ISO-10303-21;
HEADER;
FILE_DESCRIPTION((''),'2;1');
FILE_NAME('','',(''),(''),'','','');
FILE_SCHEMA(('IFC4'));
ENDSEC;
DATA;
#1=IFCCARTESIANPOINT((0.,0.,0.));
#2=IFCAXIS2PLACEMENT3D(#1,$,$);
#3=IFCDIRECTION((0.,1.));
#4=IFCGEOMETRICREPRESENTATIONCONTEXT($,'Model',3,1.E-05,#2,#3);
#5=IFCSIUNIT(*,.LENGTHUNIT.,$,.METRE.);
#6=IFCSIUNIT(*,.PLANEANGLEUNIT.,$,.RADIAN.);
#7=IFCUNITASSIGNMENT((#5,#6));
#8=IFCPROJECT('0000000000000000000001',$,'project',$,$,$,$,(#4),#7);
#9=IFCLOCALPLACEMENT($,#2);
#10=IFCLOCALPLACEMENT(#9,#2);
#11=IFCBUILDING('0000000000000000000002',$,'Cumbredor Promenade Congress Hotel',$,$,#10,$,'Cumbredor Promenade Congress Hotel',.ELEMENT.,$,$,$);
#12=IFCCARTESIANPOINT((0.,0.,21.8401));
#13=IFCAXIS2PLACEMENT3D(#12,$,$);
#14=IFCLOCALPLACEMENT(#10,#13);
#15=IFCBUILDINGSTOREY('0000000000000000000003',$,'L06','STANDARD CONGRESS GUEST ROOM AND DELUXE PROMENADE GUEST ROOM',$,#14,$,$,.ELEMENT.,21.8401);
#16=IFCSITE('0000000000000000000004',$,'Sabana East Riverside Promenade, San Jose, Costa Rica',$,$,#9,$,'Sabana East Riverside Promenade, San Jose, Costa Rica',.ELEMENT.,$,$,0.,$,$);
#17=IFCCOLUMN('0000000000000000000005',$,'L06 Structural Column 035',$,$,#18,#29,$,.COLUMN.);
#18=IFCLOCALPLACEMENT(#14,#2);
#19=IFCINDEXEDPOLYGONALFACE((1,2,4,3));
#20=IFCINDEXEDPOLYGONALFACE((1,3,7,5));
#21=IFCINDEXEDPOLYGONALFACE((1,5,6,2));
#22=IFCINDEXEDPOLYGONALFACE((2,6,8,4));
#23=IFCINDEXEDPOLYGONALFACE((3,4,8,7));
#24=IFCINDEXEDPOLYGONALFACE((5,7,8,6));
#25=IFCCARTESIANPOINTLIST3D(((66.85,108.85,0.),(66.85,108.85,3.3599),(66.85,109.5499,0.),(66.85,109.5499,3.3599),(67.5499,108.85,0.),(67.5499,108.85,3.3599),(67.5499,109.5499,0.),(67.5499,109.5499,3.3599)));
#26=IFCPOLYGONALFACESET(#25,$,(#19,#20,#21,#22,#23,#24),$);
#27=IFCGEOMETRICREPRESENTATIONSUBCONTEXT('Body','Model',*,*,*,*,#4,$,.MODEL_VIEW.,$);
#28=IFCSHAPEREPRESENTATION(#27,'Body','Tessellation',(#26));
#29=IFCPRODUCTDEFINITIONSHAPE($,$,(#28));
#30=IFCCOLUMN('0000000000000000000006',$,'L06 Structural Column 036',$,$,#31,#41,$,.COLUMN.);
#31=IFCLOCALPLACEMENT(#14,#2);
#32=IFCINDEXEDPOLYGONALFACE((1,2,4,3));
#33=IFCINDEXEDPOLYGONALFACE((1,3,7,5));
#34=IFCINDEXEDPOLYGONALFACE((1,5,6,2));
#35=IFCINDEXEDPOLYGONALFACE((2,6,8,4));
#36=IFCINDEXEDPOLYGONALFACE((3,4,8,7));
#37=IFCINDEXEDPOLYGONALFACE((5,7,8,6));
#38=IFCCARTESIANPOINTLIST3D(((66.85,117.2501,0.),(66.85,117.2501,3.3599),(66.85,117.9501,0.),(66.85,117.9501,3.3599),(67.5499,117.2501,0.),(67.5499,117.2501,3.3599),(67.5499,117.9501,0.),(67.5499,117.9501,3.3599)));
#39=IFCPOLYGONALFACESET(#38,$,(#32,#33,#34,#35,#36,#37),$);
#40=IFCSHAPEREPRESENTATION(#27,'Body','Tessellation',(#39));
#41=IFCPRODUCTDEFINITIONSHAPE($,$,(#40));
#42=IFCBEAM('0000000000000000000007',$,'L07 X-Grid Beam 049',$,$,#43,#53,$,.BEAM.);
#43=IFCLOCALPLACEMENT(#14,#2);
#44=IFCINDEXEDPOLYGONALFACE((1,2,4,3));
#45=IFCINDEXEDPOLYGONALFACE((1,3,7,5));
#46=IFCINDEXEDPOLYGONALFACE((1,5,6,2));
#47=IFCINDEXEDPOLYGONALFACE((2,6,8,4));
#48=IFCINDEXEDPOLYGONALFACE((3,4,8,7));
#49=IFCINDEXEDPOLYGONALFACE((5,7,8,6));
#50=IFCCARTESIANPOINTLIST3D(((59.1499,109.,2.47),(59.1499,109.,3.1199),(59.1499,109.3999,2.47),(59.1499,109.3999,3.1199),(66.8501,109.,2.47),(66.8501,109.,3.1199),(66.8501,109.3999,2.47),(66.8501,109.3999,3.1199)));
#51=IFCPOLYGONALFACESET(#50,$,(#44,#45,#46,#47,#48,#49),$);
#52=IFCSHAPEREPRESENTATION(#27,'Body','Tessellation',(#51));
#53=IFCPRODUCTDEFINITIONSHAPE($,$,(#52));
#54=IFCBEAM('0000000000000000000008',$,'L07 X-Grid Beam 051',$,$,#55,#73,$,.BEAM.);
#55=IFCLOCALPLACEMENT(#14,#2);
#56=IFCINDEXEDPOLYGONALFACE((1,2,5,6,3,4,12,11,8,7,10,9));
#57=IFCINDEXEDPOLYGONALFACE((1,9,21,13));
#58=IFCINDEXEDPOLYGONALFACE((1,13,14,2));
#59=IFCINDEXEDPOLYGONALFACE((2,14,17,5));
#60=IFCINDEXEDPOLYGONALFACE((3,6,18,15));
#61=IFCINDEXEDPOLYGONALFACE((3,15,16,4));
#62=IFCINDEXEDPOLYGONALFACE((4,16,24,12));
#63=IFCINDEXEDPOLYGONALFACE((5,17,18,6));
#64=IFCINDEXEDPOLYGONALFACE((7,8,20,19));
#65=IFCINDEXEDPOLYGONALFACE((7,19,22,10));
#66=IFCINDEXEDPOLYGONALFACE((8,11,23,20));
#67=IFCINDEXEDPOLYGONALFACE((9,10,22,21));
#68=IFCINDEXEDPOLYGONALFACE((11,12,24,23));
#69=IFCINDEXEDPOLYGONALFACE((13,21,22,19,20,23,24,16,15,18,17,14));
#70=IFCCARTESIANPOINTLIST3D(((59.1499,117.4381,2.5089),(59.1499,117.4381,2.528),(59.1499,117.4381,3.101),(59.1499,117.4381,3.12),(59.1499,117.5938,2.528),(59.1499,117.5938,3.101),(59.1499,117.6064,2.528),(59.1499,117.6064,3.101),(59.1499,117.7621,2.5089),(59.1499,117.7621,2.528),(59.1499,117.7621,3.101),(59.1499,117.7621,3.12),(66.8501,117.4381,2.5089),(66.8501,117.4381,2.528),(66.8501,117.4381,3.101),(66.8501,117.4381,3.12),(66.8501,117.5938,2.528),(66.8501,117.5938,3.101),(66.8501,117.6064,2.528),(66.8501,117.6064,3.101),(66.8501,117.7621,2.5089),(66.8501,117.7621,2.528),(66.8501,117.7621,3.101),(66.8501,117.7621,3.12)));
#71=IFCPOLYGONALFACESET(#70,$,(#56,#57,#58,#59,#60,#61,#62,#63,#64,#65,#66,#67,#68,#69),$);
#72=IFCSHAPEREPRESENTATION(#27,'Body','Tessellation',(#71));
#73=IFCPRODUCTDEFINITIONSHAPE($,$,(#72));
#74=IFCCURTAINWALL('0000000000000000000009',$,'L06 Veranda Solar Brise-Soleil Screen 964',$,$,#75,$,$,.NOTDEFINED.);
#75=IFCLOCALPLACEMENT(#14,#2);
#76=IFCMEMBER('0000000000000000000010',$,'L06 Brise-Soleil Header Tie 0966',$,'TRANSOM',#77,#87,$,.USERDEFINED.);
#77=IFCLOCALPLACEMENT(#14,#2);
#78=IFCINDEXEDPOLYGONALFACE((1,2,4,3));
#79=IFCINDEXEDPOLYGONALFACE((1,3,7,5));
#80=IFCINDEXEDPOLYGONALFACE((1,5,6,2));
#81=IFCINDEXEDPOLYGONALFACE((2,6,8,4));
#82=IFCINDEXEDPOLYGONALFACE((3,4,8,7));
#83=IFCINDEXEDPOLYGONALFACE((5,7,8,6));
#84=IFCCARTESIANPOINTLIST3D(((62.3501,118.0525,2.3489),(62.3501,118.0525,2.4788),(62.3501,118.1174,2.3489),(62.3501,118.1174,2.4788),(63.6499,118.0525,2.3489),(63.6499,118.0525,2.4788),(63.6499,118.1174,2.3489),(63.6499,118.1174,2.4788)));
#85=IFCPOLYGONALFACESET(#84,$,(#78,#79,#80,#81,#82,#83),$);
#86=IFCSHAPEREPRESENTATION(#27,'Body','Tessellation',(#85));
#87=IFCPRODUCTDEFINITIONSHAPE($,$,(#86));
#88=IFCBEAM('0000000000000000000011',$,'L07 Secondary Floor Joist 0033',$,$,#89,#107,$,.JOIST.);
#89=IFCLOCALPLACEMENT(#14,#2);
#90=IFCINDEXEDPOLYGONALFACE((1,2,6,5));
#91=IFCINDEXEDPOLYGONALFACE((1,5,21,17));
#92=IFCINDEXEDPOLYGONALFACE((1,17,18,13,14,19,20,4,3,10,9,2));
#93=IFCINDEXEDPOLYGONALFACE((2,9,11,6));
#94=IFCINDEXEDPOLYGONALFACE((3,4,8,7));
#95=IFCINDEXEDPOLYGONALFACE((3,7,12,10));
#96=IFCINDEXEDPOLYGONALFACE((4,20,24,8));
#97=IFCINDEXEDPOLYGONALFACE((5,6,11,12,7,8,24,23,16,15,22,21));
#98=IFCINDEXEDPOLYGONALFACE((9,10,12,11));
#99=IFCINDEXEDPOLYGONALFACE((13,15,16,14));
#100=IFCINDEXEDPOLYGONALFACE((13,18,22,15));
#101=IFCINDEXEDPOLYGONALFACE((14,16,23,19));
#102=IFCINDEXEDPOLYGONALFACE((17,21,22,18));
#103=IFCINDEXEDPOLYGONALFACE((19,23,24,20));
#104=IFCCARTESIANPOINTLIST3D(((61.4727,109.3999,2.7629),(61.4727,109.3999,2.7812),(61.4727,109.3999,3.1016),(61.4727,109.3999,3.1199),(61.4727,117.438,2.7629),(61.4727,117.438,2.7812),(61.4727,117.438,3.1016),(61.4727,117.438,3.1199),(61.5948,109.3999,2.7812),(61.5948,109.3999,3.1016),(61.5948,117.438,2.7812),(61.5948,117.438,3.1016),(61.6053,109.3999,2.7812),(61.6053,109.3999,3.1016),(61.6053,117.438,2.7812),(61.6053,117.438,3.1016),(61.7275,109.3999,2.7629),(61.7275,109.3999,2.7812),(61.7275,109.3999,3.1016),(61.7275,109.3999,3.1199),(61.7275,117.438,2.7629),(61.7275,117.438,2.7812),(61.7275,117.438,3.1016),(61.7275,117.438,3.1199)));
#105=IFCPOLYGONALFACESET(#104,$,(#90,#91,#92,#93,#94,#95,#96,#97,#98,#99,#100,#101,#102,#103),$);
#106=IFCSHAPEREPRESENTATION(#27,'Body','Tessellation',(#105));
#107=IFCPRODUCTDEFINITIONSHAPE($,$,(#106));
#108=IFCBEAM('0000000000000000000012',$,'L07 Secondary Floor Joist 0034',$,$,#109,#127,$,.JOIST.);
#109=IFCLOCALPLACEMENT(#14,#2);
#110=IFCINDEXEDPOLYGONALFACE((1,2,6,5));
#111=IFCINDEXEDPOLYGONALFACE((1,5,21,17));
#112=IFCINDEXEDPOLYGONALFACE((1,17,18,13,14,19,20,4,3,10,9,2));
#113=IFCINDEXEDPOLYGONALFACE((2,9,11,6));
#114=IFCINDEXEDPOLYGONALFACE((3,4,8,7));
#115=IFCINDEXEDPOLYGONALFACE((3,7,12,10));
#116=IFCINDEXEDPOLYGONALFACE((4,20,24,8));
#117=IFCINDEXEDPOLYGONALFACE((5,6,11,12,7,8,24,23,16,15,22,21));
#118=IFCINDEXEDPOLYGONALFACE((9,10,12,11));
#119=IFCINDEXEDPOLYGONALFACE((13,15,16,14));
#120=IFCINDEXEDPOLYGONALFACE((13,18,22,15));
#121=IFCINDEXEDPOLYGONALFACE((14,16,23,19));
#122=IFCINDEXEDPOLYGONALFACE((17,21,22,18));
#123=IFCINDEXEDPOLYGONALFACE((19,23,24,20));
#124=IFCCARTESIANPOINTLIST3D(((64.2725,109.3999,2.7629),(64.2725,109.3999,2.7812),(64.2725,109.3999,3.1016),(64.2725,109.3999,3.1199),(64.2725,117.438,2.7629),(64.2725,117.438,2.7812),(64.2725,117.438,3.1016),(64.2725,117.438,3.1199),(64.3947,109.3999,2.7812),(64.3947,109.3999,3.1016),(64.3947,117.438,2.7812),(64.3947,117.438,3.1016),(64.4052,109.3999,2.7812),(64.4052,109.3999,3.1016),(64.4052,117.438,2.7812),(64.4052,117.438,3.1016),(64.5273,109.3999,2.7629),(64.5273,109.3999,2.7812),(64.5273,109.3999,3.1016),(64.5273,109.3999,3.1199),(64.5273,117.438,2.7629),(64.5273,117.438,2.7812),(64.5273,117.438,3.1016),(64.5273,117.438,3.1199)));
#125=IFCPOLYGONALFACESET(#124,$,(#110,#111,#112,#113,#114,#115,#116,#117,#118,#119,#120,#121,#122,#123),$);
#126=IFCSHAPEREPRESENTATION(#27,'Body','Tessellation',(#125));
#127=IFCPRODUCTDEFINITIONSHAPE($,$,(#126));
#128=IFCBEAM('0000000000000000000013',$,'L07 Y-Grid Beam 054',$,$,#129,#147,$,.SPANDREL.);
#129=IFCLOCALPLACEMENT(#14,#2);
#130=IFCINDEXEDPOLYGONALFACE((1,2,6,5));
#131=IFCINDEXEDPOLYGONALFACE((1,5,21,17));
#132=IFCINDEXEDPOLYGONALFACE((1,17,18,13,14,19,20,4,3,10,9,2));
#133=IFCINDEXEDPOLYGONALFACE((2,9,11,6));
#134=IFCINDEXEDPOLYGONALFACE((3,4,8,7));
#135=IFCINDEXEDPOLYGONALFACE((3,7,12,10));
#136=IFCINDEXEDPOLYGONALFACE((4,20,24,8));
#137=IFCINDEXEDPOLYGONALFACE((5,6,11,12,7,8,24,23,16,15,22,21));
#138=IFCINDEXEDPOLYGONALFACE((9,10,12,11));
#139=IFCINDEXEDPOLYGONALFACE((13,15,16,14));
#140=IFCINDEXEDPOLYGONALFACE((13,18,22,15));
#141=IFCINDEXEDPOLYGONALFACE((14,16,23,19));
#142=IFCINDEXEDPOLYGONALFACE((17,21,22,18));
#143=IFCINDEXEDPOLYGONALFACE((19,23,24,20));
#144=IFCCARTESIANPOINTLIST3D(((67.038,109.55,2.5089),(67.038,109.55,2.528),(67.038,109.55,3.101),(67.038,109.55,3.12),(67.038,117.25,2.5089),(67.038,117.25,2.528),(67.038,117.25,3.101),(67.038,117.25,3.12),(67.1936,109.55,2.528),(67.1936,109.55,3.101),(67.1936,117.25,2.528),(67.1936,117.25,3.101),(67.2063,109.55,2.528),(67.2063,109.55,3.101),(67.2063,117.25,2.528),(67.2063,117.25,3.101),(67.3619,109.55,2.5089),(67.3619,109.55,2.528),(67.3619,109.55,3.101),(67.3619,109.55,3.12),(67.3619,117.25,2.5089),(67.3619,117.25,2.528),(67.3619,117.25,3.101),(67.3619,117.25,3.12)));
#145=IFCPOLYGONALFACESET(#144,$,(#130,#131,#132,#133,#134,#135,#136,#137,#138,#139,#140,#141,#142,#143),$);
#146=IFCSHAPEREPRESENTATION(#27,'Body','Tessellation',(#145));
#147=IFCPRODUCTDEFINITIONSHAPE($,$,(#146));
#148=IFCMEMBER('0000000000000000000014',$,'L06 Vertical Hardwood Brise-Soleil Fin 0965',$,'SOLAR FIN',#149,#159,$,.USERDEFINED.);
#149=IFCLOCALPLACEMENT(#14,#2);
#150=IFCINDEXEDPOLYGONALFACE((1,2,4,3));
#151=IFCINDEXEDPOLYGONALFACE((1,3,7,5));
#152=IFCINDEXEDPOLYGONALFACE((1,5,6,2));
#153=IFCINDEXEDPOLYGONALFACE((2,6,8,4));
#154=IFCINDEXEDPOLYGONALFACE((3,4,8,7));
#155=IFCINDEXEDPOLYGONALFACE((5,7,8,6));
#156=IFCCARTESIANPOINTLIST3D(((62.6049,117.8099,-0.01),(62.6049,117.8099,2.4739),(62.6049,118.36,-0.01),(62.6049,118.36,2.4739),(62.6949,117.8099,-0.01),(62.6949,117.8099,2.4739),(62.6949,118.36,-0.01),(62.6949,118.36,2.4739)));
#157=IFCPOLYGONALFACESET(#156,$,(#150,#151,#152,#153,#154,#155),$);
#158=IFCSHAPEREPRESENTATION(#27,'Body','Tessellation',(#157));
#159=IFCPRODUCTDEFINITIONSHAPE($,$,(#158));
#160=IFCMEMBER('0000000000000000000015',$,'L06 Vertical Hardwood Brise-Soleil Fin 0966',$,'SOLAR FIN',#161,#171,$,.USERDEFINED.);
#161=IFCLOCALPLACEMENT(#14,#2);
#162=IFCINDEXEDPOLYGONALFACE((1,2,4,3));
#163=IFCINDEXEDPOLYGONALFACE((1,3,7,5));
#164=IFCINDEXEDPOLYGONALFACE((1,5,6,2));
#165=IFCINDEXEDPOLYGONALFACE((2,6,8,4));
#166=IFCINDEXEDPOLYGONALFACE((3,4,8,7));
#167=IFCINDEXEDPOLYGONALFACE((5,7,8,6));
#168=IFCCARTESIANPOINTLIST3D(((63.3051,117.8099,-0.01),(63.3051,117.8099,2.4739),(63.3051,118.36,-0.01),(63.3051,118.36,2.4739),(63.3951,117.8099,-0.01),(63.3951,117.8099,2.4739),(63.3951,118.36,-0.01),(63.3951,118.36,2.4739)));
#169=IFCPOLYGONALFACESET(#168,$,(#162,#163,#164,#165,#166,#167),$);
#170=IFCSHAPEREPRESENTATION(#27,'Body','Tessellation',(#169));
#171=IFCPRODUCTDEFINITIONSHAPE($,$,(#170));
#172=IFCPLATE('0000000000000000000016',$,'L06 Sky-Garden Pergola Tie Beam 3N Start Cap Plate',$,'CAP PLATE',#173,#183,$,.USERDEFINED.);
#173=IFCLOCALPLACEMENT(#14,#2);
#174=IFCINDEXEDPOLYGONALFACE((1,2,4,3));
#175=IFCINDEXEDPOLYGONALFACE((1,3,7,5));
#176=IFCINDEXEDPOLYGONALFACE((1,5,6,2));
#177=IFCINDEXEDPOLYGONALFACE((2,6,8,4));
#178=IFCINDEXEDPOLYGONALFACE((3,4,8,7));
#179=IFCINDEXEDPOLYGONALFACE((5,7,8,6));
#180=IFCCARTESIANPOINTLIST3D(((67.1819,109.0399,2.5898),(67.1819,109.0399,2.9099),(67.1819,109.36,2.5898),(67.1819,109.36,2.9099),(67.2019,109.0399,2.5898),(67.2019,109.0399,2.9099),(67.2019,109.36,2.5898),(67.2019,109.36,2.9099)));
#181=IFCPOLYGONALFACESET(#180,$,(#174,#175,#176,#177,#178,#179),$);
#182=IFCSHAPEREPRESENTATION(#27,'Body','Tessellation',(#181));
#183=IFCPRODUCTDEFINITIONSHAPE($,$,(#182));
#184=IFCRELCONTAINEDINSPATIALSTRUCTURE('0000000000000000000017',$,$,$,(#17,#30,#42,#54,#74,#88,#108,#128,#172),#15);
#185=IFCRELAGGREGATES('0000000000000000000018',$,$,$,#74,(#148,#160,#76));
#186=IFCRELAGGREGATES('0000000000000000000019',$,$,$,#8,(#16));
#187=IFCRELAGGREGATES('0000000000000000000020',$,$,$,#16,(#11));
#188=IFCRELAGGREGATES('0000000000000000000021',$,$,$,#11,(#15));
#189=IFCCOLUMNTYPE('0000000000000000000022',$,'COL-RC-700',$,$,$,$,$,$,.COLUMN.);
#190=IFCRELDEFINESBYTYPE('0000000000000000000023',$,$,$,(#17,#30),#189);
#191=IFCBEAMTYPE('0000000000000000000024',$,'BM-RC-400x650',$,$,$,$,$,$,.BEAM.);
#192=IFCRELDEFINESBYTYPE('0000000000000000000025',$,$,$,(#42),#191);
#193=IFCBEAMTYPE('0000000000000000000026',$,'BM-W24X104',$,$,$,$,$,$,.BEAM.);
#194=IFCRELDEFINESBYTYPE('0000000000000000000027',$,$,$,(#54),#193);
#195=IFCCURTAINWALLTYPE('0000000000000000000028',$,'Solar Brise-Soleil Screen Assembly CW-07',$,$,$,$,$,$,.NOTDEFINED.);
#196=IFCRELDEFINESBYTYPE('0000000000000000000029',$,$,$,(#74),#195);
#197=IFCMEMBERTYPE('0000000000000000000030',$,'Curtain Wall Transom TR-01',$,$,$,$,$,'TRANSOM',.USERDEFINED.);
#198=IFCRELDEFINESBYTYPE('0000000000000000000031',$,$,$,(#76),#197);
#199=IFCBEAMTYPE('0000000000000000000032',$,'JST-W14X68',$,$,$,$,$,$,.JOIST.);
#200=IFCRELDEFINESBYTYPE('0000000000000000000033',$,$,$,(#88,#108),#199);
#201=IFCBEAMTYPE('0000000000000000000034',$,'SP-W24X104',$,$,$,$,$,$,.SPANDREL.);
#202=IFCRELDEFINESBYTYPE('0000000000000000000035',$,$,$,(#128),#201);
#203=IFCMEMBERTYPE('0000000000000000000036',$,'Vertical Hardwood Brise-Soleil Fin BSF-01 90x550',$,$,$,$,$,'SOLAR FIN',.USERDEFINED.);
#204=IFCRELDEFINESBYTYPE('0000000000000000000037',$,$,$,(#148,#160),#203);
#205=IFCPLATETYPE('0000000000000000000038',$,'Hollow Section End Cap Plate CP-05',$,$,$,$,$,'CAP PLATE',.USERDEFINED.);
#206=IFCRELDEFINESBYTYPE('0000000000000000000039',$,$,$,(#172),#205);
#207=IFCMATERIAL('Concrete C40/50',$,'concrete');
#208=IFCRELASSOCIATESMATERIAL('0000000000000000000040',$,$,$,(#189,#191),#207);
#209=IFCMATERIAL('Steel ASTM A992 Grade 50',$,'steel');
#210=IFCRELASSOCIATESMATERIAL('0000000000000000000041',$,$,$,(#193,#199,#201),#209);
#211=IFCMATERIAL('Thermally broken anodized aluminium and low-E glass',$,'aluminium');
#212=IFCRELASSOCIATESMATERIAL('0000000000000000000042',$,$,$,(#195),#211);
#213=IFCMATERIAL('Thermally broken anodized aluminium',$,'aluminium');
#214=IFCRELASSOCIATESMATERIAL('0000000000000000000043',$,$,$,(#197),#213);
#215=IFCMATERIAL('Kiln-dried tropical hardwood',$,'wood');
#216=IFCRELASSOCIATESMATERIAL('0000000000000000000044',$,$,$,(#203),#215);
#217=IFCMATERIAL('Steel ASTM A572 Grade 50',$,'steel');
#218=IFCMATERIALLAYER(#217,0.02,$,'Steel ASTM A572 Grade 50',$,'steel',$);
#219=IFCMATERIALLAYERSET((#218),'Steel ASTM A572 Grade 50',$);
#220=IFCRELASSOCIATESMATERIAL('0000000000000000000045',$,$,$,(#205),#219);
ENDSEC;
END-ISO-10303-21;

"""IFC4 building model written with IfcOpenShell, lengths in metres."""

from ifc_helpers import new_model, si_unit, direction, frame, origin, origin_2d, place, context, subcontext, project, spatial, rectangle, i_section, extrude, material, layer, layer_set, material_profile, profile_set, type_object, element, aggregate, save


model = new_model("IFC4")

# Units and contexts
model_context = context("Model", 3, precision=1e-05, world=origin(), true_north=direction((0.0, 1.0)))
body_context = subcontext(model_context, "Body", "Model", "MODEL_VIEW")
ifc_project = project(units=[si_unit("LENGTHUNIT", "METRE"), si_unit("PLANEANGLEUNIT", "RADIAN")], contexts=[model_context])

# Site, building, storey
site_placement = place(None, origin())
site = spatial("IfcSite", under=ifc_project, at=site_placement, Name="Sabana East Riverside Promenade, San Jose, Costa Rica", LongName="Sabana East Riverside Promenade, San Jose, Costa Rica", CompositionType="ELEMENT", RefElevation=0.0)
building_placement = place(site_placement, origin())
building = spatial("IfcBuilding", under=site, at=building_placement, Name="Cumbredor Promenade Congress Hotel", LongName="Cumbredor Promenade Congress Hotel", CompositionType="ELEMENT")
storey_placement = place(building_placement, frame((0.0, 0.0, 21.8401)))
storey = spatial("IfcBuildingStorey", under=building, at=storey_placement, Name="L06", Description="STANDARD CONGRESS GUEST ROOM AND DELUXE PROMENADE GUEST ROOM", CompositionType="ELEMENT", Elevation=21.8401)

# Columns
ifc_material_1 = material(Name="Concrete C40/50", Category="concrete")
ifc_material_profile_1 = material_profile(ifc_material_1, rectangle(XDim=0.7, YDim=0.7, at=origin_2d()), Name="RC 700x700")
ifc_profile_set_1 = profile_set([ifc_material_profile_1], Name="Concrete C40/50")
column_type = type_object("IfcColumnType", Name="COL-RC-700", PredefinedType="COLUMN", material=ifc_profile_set_1)
for number, where, z_axis, x_axis, name in (
    (1, (67.2, 109.2, 0.0), (0.0, 0.0, 1.0), (1.0, 0.0, 0.0), "L06 Structural Column 035"),
    (2, (67.2, 117.6001, 0.0), (0.0, 0.0, 1.0), (1.0, 0.0, 0.0), "L06 Structural Column 036"),
):
    element("IfcColumn", number, at=place(storey_placement, frame(where, z_axis=z_axis, x_axis=x_axis)), inside=storey, type_object=column_type, Name=name, PredefinedType="COLUMN", context=body_context, shape_type="SweptSolid", body=[
        extrude(rectangle(XDim=0.7, YDim=0.7, at=origin_2d()), origin(), (0.0, 0.0, 1.0), 3.3599),
    ])

# Beams
ifc_material_profile_2 = material_profile(ifc_material_1, rectangle(XDim=0.3999, YDim=0.6499, at=origin_2d()), Name="RC BEAM 400x650")
ifc_profile_set_2 = profile_set([ifc_material_profile_2], Name="Concrete C40/50")
beam_type_1 = type_object("IfcBeamType", Name="BM-RC-400x650", PredefinedType="BEAM", material=ifc_profile_set_2)
beam_1_placement = place(storey_placement, frame((59.1499, 109.2, 2.7949), z_axis=(1.0, 0.0, 0.0), x_axis=(0.0, 1.0, 0.0)))
element("IfcBeam", 3, at=beam_1_placement, inside=storey, type_object=beam_type_1, Name="L07 X-Grid Beam 049", PredefinedType="BEAM", context=body_context, shape_type="SweptSolid", body=[
    extrude(rectangle(XDim=0.3999, YDim=0.6499, at=origin_2d()), origin(), (0.0, 0.0, 1.0), 7.7002),
])
ifc_material_2 = material(Name="Steel ASTM A992 Grade 50", Category="steel")
ifc_material_profile_3 = material_profile(ifc_material_2, i_section(OverallWidth=0.324, OverallDepth=0.6111, WebThickness=0.0127, FlangeThickness=0.019, at=origin_2d()), Name="W24X104")
ifc_profile_set_3 = profile_set([ifc_material_profile_3], Name="Steel ASTM A992 Grade 50")
beam_type_2 = type_object("IfcBeamType", Name="BM-W24X104", PredefinedType="BEAM", material=ifc_profile_set_3)
beam_2_placement = place(storey_placement, frame((59.1499, 117.6001, 2.8145), z_axis=(1.0, 0.0, 0.0), x_axis=(0.0, 1.0, 0.0)))
element("IfcBeam", 4, at=beam_2_placement, inside=storey, type_object=beam_type_2, Name="L07 X-Grid Beam 051", PredefinedType="BEAM", context=body_context, shape_type="SweptSolid", body=[
    extrude(i_section(OverallWidth=0.324, OverallDepth=0.6111, WebThickness=0.0127, FlangeThickness=0.019, at=origin_2d()), origin(), (0.0, 0.0, 1.0), 7.7002),
])

# Curtain wall, member
ifc_material_3 = material(Name="Thermally broken anodized aluminium and low-E glass", Category="aluminium")
curtain_wall_type = type_object("IfcCurtainWallType", Name="Solar Brise-Soleil Screen Assembly CW-07", PredefinedType="NOTDEFINED", material=ifc_material_3)
curtain_wall_placement = place(storey_placement, origin())
curtain_wall = element("IfcCurtainWall", 5, at=curtain_wall_placement, inside=storey, type_object=curtain_wall_type, Name="L06 Veranda Solar Brise-Soleil Screen 964", PredefinedType="NOTDEFINED")
ifc_material_4 = material(Name="Thermally broken anodized aluminium", Category="aluminium")
ifc_material_profile_4 = material_profile(ifc_material_4, rectangle(XDim=0.0649, YDim=0.1299, at=origin_2d()), Name="ALU TRANSOM 65x130")
ifc_profile_set_4 = profile_set([ifc_material_profile_4], Name="Thermally broken anodized aluminium")
member_type_1 = type_object("IfcMemberType", Name="Curtain Wall Transom TR-01", ElementType="TRANSOM", PredefinedType="USERDEFINED", material=ifc_profile_set_4)
member_1_placement = place(storey_placement, frame((62.3501, 118.085, 2.4138), z_axis=(1.0, 0.0, 0.0), x_axis=(0.0, 1.0, 0.0)))
member_1 = element("IfcMember", 6, at=member_1_placement, type_object=member_type_1, Name="L06 Brise-Soleil Header Tie 0966", ObjectType="TRANSOM", PredefinedType="USERDEFINED", context=body_context, shape_type="SweptSolid", body=[
    extrude(rectangle(XDim=0.0649, YDim=0.1299, at=origin_2d()), origin(), (0.0, 0.0, 1.0), 1.2998),
])

# Beams
ifc_material_profile_5 = material_profile(ifc_material_2, i_section(OverallWidth=0.2549, OverallDepth=0.3569, WebThickness=0.0105, FlangeThickness=0.0183, at=origin_2d()), Name="W14X68")
ifc_profile_set_5 = profile_set([ifc_material_profile_5], Name="Steel ASTM A992 Grade 50")
beam_type_3 = type_object("IfcBeamType", Name="JST-W14X68", PredefinedType="JOIST", material=ifc_profile_set_5)
for number, where, z_axis, x_axis, name in (
    (7, (61.6001, 109.3999, 2.9414), (0.0, 1.0, 0.0), (-1.0, 0.0, 0.0), "L07 Secondary Floor Joist 0033"),
    (8, (64.3999, 109.3999, 2.9414), (0.0, 1.0, 0.0), (-1.0, 0.0, 0.0), "L07 Secondary Floor Joist 0034"),
):
    element("IfcBeam", number, at=place(storey_placement, frame(where, z_axis=z_axis, x_axis=x_axis)), inside=storey, type_object=beam_type_3, Name=name, PredefinedType="JOIST", context=body_context, shape_type="SweptSolid", body=[
        extrude(i_section(OverallWidth=0.2549, OverallDepth=0.3569, WebThickness=0.0105, FlangeThickness=0.0183, at=origin_2d()), origin(), (0.0, 0.0, 1.0), 8.0381),
    ])
ifc_material_profile_6 = material_profile(ifc_material_2, i_section(OverallWidth=0.324, OverallDepth=0.6111, WebThickness=0.0127, FlangeThickness=0.019, at=origin_2d()), Name="W24X104")
ifc_profile_set_6 = profile_set([ifc_material_profile_6], Name="Steel ASTM A992 Grade 50")
beam_type_4 = type_object("IfcBeamType", Name="SP-W24X104", PredefinedType="SPANDREL", material=ifc_profile_set_6)
beam_3_placement = place(storey_placement, frame((67.2, 109.55, 2.8145), z_axis=(0.0, 1.0, 0.0), x_axis=(-1.0, 0.0, 0.0)))
element("IfcBeam", 9, at=beam_3_placement, inside=storey, type_object=beam_type_4, Name="L07 Y-Grid Beam 054", PredefinedType="SPANDREL", context=body_context, shape_type="SweptSolid", body=[
    extrude(i_section(OverallWidth=0.324, OverallDepth=0.6111, WebThickness=0.0127, FlangeThickness=0.019, at=origin_2d()), origin(), (0.0, 0.0, 1.0), 7.7),
])

# Members
ifc_material_5 = material(Name="Kiln-dried tropical hardwood", Category="wood")
ifc_material_profile_7 = material_profile(ifc_material_5, rectangle(XDim=0.0901, YDim=0.55, at=origin_2d()), Name="ARCH FIN 90x550")
ifc_profile_set_7 = profile_set([ifc_material_profile_7], Name="Kiln-dried tropical hardwood")
member_type_2 = type_object("IfcMemberType", Name="Vertical Hardwood Brise-Soleil Fin BSF-01 90x550", ElementType="SOLAR FIN", PredefinedType="USERDEFINED", material=ifc_profile_set_7)
member_2_placement = place(storey_placement, frame((62.6499, 118.085, -0.01), z_axis=(0.0, 0.0, 1.0), x_axis=(1.0, 0.0, 0.0)))
member_2 = element("IfcMember", 10, at=member_2_placement, type_object=member_type_2, Name="L06 Vertical Hardwood Brise-Soleil Fin 0965", ObjectType="SOLAR FIN", PredefinedType="USERDEFINED", context=body_context, shape_type="SweptSolid", body=[
    extrude(rectangle(XDim=0.0901, YDim=0.55, at=origin_2d()), origin(), (0.0, 0.0, 1.0), 2.4839),
])
member_3_placement = place(storey_placement, frame((63.3501, 118.085, -0.01), z_axis=(0.0, 0.0, 1.0), x_axis=(1.0, 0.0, 0.0)))
member_3 = element("IfcMember", 11, at=member_3_placement, type_object=member_type_2, Name="L06 Vertical Hardwood Brise-Soleil Fin 0966", ObjectType="SOLAR FIN", PredefinedType="USERDEFINED", context=body_context, shape_type="SweptSolid", body=[
    extrude(rectangle(XDim=0.0901, YDim=0.55, at=origin_2d()), origin(), (0.0, 0.0, 1.0), 2.4839),
])
aggregate(curtain_wall, [member_2, member_3, member_1])

# Plate
ifc_material_6 = material(Name="Steel ASTM A572 Grade 50", Category="steel")
ifc_layer_1 = layer(ifc_material_6, 0.02, Name="Steel ASTM A572 Grade 50", Category="steel")
ifc_layer_set_1 = layer_set([ifc_layer_1], Name="Steel ASTM A572 Grade 50")
plate_type = type_object("IfcPlateType", Name="Hollow Section End Cap Plate CP-05", ElementType="CAP PLATE", PredefinedType="USERDEFINED", material=ifc_layer_set_1)
plate_placement = place(storey_placement, frame((67.1919, 109.2, 2.5898), z_axis=(0.0, 0.0, 1.0), x_axis=(1.0, 0.0, 0.0)))
element("IfcPlate", 12, at=plate_placement, inside=storey, type_object=plate_type, Name="L06 Sky-Garden Pergola Tie Beam 3N Start Cap Plate", ObjectType="CAP PLATE", PredefinedType="USERDEFINED", context=body_context, shape_type="SweptSolid", body=[
    extrude(rectangle(XDim=0.02, YDim=0.3201, at=origin_2d()), origin(), (0.0, 0.0, 1.0), 0.3201),
])

save(model, "model.ifc")
